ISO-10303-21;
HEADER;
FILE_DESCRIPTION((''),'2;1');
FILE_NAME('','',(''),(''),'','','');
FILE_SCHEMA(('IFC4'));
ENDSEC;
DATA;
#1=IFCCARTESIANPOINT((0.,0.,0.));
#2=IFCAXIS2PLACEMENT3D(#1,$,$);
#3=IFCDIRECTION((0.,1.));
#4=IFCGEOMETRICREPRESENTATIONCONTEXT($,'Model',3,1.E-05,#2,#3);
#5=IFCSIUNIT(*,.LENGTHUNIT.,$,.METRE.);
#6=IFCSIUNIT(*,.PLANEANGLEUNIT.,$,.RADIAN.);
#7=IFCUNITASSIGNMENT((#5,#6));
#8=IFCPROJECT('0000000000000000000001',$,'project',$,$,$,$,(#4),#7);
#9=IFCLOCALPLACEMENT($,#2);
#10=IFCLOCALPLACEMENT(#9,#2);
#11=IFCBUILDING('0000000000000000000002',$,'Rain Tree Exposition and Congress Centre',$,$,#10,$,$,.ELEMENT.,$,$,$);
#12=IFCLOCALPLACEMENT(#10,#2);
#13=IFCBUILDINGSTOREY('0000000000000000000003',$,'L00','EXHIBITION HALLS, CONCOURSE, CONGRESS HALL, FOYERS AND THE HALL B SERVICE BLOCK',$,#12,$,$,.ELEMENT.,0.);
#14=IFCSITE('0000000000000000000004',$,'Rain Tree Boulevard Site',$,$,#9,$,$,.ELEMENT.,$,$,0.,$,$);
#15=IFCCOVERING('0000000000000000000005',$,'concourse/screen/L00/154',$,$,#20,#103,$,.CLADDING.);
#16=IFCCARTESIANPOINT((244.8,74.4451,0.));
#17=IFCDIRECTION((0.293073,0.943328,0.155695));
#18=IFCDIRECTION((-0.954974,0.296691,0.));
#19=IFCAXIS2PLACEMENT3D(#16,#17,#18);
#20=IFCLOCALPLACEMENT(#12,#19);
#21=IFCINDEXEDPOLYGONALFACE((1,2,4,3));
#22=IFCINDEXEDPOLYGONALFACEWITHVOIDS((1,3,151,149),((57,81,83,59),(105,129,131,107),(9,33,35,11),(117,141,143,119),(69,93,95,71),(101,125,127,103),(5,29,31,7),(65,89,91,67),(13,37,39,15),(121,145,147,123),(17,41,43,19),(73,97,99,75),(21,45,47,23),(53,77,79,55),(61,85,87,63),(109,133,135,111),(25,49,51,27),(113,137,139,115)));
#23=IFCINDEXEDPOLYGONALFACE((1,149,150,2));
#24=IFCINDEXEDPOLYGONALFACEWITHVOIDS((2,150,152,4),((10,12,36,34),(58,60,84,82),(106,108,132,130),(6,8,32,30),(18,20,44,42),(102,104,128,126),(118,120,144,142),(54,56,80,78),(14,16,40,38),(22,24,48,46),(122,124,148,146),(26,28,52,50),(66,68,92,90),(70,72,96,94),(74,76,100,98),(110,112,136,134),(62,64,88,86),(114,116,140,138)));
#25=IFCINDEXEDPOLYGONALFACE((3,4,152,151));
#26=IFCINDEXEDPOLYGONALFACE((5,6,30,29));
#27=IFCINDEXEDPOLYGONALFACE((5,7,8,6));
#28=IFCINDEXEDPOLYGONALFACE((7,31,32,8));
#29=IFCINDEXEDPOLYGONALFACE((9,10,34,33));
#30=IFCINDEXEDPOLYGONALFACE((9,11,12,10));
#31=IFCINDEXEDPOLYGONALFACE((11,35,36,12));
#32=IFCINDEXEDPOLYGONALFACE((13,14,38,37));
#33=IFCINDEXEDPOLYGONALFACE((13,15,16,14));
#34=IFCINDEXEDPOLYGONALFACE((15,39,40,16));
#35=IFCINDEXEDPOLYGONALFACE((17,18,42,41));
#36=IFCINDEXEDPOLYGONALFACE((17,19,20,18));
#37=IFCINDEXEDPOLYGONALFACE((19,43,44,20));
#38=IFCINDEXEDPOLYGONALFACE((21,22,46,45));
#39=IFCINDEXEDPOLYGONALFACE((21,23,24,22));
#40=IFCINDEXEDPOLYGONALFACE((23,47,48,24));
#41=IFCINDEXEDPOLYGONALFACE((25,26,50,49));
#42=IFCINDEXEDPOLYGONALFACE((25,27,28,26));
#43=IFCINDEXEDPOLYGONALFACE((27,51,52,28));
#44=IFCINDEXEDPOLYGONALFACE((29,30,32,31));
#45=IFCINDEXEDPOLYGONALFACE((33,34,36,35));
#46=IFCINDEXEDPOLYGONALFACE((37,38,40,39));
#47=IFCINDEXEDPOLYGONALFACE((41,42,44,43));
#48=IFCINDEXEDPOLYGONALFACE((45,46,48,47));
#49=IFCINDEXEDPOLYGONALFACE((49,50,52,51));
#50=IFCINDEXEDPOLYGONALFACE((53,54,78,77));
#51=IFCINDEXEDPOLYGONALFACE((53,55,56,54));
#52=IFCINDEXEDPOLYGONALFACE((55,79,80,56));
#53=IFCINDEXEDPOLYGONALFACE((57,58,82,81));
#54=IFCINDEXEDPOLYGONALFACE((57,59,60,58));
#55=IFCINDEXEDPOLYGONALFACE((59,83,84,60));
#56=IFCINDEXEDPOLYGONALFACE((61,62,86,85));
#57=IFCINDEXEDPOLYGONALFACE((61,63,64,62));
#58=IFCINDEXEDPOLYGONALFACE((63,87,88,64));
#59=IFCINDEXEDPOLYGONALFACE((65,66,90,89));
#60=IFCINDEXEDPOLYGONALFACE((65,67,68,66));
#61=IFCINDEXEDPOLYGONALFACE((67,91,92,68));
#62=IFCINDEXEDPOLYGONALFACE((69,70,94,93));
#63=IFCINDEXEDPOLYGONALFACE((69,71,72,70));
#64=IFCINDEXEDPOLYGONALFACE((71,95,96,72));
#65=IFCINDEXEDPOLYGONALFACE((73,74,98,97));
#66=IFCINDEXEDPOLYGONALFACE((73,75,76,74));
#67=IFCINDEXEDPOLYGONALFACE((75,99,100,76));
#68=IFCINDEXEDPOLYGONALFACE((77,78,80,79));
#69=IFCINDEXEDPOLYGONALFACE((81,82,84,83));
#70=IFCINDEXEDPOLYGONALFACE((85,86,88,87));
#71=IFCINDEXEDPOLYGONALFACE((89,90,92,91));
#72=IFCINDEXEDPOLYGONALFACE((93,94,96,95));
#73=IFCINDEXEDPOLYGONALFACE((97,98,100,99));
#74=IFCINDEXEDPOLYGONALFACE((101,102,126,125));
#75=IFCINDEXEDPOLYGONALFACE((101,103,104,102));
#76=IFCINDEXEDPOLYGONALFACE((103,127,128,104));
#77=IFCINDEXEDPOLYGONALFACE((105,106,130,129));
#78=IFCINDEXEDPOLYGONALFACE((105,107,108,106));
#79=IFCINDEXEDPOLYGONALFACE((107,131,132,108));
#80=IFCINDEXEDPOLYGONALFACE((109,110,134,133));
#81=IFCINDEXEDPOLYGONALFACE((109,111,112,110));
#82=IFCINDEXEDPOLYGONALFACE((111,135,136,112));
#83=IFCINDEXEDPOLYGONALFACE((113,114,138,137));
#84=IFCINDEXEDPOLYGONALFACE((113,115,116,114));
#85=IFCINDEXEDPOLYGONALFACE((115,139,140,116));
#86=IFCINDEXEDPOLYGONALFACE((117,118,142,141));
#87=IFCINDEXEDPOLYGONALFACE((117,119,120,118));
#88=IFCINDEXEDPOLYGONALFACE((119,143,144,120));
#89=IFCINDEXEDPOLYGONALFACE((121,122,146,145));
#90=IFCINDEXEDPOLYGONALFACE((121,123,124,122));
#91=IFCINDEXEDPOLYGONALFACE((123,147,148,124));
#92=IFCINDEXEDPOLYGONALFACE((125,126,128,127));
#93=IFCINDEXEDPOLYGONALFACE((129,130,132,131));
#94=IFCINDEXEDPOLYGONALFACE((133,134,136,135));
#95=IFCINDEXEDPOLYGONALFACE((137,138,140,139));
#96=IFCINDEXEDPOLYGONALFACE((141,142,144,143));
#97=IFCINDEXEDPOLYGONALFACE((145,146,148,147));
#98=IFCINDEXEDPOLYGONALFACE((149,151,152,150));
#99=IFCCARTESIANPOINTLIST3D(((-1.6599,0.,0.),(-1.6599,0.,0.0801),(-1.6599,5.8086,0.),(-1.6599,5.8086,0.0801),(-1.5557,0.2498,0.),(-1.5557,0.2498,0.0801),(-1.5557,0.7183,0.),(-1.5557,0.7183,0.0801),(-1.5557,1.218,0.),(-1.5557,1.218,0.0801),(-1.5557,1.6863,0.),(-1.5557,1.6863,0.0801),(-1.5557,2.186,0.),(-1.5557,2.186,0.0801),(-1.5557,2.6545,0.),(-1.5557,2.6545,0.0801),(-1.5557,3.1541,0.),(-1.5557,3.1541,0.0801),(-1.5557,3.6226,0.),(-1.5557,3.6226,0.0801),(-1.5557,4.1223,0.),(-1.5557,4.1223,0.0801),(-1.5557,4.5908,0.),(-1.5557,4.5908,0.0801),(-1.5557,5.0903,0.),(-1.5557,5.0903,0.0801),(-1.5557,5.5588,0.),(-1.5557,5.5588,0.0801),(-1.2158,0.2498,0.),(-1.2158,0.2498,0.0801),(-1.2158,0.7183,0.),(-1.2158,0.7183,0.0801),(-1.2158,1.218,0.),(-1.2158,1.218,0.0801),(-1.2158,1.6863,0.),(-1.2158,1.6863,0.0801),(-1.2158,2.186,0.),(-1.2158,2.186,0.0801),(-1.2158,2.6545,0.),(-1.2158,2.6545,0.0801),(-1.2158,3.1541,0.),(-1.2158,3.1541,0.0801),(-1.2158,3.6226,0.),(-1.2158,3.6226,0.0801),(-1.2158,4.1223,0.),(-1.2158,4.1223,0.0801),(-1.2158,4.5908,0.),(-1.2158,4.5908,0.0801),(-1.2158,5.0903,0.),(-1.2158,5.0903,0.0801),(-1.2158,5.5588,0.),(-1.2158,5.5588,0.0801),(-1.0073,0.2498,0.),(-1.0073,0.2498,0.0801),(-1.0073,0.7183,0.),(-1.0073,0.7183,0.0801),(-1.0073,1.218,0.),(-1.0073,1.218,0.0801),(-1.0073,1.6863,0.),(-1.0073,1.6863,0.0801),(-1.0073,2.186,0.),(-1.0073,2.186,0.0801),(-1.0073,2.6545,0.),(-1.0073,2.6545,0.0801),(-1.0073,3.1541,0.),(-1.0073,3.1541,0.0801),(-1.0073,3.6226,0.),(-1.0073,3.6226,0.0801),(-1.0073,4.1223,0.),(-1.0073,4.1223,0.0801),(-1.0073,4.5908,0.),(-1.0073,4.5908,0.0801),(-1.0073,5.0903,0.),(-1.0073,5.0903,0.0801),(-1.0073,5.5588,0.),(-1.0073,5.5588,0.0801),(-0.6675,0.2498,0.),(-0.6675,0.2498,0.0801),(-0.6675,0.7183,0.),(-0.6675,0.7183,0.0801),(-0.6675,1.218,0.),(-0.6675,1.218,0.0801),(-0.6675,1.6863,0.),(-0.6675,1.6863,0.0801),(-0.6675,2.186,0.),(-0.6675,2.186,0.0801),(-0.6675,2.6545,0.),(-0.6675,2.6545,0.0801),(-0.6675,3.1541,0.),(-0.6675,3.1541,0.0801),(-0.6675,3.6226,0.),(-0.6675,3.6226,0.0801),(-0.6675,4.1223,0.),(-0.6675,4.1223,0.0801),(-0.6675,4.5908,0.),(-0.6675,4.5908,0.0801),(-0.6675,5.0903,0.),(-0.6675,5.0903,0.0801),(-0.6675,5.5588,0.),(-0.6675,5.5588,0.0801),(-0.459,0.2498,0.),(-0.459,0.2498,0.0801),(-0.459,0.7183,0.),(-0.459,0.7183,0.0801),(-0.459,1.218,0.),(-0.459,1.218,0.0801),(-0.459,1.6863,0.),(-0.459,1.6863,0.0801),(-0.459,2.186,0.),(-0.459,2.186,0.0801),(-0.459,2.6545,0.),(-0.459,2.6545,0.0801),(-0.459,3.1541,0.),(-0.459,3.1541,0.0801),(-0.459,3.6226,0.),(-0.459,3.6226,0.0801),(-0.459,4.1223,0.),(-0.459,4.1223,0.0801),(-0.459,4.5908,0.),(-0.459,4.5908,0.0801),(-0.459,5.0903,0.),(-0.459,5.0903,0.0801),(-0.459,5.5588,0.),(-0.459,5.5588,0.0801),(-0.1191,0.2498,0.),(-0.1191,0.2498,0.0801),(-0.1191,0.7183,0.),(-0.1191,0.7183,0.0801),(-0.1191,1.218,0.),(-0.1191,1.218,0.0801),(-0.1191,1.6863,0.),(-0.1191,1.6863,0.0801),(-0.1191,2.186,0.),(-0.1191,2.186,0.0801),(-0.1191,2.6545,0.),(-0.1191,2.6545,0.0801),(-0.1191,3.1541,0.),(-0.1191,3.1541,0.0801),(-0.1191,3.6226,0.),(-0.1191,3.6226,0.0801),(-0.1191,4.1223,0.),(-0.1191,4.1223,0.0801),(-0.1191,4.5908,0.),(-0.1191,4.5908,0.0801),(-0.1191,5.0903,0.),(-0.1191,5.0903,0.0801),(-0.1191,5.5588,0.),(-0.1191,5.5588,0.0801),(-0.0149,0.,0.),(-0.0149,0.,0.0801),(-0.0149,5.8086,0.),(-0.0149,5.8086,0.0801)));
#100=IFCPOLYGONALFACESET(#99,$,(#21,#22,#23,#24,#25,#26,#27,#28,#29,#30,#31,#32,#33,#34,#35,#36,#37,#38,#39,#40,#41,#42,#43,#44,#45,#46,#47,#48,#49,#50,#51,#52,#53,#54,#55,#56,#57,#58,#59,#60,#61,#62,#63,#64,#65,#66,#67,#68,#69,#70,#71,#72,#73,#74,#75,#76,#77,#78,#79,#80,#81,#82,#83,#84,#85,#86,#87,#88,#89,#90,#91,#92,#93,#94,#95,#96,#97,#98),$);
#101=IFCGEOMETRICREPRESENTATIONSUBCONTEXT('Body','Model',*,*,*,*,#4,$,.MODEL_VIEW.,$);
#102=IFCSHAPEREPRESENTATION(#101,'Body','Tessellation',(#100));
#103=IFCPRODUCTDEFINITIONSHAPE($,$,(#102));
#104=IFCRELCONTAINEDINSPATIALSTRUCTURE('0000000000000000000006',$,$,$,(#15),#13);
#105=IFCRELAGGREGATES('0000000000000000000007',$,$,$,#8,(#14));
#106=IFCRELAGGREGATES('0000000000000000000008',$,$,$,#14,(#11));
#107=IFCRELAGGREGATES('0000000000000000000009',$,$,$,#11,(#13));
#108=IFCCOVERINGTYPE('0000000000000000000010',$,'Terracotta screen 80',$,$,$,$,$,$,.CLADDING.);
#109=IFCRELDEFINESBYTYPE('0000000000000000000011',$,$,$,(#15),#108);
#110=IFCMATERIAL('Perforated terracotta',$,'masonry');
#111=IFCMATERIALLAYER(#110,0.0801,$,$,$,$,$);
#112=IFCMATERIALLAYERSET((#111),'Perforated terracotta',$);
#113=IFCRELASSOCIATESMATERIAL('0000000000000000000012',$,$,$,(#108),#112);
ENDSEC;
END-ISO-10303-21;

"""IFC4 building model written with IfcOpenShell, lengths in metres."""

from ifc_helpers import new_model, si_unit, direction, frame, origin, place, context, subcontext, project, spatial, polyline, outline, extrude, material, layer, layer_set, type_object, element, save


model = new_model("IFC4")

# Units and contexts
model_context = context("Model", 3, precision=1e-05, world=origin(), true_north=direction((0.0, 1.0)))
body_context = subcontext(model_context, "Body", "Model", "MODEL_VIEW")
ifc_project = project(units=[si_unit("LENGTHUNIT", "METRE"), si_unit("PLANEANGLEUNIT", "RADIAN")], contexts=[model_context])

# Site, building, storey
site_placement = place(None, origin())
site = spatial("IfcSite", under=ifc_project, at=site_placement, Name="Rain Tree Boulevard Site", CompositionType="ELEMENT", RefElevation=0.0)
building_placement = place(site_placement, origin())
building = spatial("IfcBuilding", under=site, at=building_placement, Name="Rain Tree Exposition and Congress Centre", CompositionType="ELEMENT")
storey_placement = place(building_placement, origin())
storey = spatial("IfcBuildingStorey", under=building, at=storey_placement, Name="L00", Description="EXHIBITION HALLS, CONCOURSE, CONGRESS HALL, FOYERS AND THE HALL B SERVICE BLOCK", CompositionType="ELEMENT", Elevation=0.0)

# Covering
ifc_material_1 = material(Name="Perforated terracotta", Category="masonry")
ifc_layer_1 = layer(ifc_material_1, 0.0801)
ifc_layer_set_1 = layer_set([ifc_layer_1], Name="Perforated terracotta")
covering_type = type_object("IfcCoveringType", Name="Terracotta screen 80", PredefinedType="CLADDING", material=ifc_layer_set_1)
covering_1_placement = place(storey_placement, frame((244.8, 74.4451, 0.0), z_axis=(0.293073, 0.943328, 0.155695), x_axis=(-0.954974, 0.296691, 0.0)))
element("IfcCovering", 1, at=covering_1_placement, inside=storey, type_object=covering_type, Name="concourse/screen/L00/154", PredefinedType="CLADDING", context=body_context, shape_type="SweptSolid", body=[
    extrude(outline(polyline([(-0.0149, 0.0), (-1.6599, 0.0), (-1.6599, 5.8086), (-0.0149, 5.8086), (-0.0149, 0.0)]), holes=[polyline([(-0.1191, 0.2498), (-0.1191, 0.7183), (-0.459, 0.7183), (-0.459, 0.2498), (-0.1191, 0.2498)]), polyline([(-0.1191, 1.218), (-0.1191, 1.6863), (-0.459, 1.6863), (-0.459, 1.218), (-0.1191, 1.218)]), polyline([(-0.1191, 2.186), (-0.1191, 2.6545), (-0.459, 2.6545), (-0.459, 2.186), (-0.1191, 2.186)]), polyline([(-0.1191, 3.1541), (-0.1191, 3.6226), (-0.459, 3.6226), (-0.459, 3.1541), (-0.1191, 3.1541)]), polyline([(-0.1191, 4.1223), (-0.1191, 4.5908), (-0.459, 4.5908), (-0.459, 4.1223), (-0.1191, 4.1223)]), polyline([(-0.1191, 5.0903), (-0.1191, 5.5588), (-0.459, 5.5588), (-0.459, 5.0903), (-0.1191, 5.0903)]), polyline([(-0.6675, 0.2498), (-0.6675, 0.7183), (-1.0073, 0.7183), (-1.0073, 0.2498), (-0.6675, 0.2498)]), polyline([(-0.6675, 1.218), (-0.6675, 1.6863), (-1.0073, 1.6863), (-1.0073, 1.218), (-0.6675, 1.218)]), polyline([(-0.6675, 2.186), (-0.6675, 2.6545), (-1.0073, 2.6545), (-1.0073, 2.186), (-0.6675, 2.186)]), polyline([(-0.6675, 3.1541), (-0.6675, 3.6226), (-1.0073, 3.6226), (-1.0073, 3.1541), (-0.6675, 3.1541)]), polyline([(-0.6675, 4.1223), (-0.6675, 4.5908), (-1.0073, 4.5908), (-1.0073, 4.1223), (-0.6675, 4.1223)]), polyline([(-0.6675, 5.0903), (-0.6675, 5.5588), (-1.0073, 5.5588), (-1.0073, 5.0903), (-0.6675, 5.0903)]), polyline([(-1.2158, 0.2498), (-1.2158, 0.7183), (-1.5557, 0.7183), (-1.5557, 0.2498), (-1.2158, 0.2498)]), polyline([(-1.2158, 1.218), (-1.2158, 1.6863), (-1.5557, 1.6863), (-1.5557, 1.218), (-1.2158, 1.218)]), polyline([(-1.2158, 2.186), (-1.2158, 2.6545), (-1.5557, 2.6545), (-1.5557, 2.186), (-1.2158, 2.186)]), polyline([(-1.2158, 3.1541), (-1.2158, 3.6226), (-1.5557, 3.6226), (-1.5557, 3.1541), (-1.2158, 3.1541)]), polyline([(-1.2158, 4.1223), (-1.2158, 4.5908), (-1.5557, 4.5908), (-1.5557, 4.1223), (-1.2158, 4.1223)]), polyline([(-1.2158, 5.0903), (-1.2158, 5.5588), (-1.5557, 5.5588), (-1.5557, 5.0903), (-1.2158, 5.0903)])]), origin(), (0.0, 0.0, 1.0), 0.0801),
])

save(model, "model.ifc")
